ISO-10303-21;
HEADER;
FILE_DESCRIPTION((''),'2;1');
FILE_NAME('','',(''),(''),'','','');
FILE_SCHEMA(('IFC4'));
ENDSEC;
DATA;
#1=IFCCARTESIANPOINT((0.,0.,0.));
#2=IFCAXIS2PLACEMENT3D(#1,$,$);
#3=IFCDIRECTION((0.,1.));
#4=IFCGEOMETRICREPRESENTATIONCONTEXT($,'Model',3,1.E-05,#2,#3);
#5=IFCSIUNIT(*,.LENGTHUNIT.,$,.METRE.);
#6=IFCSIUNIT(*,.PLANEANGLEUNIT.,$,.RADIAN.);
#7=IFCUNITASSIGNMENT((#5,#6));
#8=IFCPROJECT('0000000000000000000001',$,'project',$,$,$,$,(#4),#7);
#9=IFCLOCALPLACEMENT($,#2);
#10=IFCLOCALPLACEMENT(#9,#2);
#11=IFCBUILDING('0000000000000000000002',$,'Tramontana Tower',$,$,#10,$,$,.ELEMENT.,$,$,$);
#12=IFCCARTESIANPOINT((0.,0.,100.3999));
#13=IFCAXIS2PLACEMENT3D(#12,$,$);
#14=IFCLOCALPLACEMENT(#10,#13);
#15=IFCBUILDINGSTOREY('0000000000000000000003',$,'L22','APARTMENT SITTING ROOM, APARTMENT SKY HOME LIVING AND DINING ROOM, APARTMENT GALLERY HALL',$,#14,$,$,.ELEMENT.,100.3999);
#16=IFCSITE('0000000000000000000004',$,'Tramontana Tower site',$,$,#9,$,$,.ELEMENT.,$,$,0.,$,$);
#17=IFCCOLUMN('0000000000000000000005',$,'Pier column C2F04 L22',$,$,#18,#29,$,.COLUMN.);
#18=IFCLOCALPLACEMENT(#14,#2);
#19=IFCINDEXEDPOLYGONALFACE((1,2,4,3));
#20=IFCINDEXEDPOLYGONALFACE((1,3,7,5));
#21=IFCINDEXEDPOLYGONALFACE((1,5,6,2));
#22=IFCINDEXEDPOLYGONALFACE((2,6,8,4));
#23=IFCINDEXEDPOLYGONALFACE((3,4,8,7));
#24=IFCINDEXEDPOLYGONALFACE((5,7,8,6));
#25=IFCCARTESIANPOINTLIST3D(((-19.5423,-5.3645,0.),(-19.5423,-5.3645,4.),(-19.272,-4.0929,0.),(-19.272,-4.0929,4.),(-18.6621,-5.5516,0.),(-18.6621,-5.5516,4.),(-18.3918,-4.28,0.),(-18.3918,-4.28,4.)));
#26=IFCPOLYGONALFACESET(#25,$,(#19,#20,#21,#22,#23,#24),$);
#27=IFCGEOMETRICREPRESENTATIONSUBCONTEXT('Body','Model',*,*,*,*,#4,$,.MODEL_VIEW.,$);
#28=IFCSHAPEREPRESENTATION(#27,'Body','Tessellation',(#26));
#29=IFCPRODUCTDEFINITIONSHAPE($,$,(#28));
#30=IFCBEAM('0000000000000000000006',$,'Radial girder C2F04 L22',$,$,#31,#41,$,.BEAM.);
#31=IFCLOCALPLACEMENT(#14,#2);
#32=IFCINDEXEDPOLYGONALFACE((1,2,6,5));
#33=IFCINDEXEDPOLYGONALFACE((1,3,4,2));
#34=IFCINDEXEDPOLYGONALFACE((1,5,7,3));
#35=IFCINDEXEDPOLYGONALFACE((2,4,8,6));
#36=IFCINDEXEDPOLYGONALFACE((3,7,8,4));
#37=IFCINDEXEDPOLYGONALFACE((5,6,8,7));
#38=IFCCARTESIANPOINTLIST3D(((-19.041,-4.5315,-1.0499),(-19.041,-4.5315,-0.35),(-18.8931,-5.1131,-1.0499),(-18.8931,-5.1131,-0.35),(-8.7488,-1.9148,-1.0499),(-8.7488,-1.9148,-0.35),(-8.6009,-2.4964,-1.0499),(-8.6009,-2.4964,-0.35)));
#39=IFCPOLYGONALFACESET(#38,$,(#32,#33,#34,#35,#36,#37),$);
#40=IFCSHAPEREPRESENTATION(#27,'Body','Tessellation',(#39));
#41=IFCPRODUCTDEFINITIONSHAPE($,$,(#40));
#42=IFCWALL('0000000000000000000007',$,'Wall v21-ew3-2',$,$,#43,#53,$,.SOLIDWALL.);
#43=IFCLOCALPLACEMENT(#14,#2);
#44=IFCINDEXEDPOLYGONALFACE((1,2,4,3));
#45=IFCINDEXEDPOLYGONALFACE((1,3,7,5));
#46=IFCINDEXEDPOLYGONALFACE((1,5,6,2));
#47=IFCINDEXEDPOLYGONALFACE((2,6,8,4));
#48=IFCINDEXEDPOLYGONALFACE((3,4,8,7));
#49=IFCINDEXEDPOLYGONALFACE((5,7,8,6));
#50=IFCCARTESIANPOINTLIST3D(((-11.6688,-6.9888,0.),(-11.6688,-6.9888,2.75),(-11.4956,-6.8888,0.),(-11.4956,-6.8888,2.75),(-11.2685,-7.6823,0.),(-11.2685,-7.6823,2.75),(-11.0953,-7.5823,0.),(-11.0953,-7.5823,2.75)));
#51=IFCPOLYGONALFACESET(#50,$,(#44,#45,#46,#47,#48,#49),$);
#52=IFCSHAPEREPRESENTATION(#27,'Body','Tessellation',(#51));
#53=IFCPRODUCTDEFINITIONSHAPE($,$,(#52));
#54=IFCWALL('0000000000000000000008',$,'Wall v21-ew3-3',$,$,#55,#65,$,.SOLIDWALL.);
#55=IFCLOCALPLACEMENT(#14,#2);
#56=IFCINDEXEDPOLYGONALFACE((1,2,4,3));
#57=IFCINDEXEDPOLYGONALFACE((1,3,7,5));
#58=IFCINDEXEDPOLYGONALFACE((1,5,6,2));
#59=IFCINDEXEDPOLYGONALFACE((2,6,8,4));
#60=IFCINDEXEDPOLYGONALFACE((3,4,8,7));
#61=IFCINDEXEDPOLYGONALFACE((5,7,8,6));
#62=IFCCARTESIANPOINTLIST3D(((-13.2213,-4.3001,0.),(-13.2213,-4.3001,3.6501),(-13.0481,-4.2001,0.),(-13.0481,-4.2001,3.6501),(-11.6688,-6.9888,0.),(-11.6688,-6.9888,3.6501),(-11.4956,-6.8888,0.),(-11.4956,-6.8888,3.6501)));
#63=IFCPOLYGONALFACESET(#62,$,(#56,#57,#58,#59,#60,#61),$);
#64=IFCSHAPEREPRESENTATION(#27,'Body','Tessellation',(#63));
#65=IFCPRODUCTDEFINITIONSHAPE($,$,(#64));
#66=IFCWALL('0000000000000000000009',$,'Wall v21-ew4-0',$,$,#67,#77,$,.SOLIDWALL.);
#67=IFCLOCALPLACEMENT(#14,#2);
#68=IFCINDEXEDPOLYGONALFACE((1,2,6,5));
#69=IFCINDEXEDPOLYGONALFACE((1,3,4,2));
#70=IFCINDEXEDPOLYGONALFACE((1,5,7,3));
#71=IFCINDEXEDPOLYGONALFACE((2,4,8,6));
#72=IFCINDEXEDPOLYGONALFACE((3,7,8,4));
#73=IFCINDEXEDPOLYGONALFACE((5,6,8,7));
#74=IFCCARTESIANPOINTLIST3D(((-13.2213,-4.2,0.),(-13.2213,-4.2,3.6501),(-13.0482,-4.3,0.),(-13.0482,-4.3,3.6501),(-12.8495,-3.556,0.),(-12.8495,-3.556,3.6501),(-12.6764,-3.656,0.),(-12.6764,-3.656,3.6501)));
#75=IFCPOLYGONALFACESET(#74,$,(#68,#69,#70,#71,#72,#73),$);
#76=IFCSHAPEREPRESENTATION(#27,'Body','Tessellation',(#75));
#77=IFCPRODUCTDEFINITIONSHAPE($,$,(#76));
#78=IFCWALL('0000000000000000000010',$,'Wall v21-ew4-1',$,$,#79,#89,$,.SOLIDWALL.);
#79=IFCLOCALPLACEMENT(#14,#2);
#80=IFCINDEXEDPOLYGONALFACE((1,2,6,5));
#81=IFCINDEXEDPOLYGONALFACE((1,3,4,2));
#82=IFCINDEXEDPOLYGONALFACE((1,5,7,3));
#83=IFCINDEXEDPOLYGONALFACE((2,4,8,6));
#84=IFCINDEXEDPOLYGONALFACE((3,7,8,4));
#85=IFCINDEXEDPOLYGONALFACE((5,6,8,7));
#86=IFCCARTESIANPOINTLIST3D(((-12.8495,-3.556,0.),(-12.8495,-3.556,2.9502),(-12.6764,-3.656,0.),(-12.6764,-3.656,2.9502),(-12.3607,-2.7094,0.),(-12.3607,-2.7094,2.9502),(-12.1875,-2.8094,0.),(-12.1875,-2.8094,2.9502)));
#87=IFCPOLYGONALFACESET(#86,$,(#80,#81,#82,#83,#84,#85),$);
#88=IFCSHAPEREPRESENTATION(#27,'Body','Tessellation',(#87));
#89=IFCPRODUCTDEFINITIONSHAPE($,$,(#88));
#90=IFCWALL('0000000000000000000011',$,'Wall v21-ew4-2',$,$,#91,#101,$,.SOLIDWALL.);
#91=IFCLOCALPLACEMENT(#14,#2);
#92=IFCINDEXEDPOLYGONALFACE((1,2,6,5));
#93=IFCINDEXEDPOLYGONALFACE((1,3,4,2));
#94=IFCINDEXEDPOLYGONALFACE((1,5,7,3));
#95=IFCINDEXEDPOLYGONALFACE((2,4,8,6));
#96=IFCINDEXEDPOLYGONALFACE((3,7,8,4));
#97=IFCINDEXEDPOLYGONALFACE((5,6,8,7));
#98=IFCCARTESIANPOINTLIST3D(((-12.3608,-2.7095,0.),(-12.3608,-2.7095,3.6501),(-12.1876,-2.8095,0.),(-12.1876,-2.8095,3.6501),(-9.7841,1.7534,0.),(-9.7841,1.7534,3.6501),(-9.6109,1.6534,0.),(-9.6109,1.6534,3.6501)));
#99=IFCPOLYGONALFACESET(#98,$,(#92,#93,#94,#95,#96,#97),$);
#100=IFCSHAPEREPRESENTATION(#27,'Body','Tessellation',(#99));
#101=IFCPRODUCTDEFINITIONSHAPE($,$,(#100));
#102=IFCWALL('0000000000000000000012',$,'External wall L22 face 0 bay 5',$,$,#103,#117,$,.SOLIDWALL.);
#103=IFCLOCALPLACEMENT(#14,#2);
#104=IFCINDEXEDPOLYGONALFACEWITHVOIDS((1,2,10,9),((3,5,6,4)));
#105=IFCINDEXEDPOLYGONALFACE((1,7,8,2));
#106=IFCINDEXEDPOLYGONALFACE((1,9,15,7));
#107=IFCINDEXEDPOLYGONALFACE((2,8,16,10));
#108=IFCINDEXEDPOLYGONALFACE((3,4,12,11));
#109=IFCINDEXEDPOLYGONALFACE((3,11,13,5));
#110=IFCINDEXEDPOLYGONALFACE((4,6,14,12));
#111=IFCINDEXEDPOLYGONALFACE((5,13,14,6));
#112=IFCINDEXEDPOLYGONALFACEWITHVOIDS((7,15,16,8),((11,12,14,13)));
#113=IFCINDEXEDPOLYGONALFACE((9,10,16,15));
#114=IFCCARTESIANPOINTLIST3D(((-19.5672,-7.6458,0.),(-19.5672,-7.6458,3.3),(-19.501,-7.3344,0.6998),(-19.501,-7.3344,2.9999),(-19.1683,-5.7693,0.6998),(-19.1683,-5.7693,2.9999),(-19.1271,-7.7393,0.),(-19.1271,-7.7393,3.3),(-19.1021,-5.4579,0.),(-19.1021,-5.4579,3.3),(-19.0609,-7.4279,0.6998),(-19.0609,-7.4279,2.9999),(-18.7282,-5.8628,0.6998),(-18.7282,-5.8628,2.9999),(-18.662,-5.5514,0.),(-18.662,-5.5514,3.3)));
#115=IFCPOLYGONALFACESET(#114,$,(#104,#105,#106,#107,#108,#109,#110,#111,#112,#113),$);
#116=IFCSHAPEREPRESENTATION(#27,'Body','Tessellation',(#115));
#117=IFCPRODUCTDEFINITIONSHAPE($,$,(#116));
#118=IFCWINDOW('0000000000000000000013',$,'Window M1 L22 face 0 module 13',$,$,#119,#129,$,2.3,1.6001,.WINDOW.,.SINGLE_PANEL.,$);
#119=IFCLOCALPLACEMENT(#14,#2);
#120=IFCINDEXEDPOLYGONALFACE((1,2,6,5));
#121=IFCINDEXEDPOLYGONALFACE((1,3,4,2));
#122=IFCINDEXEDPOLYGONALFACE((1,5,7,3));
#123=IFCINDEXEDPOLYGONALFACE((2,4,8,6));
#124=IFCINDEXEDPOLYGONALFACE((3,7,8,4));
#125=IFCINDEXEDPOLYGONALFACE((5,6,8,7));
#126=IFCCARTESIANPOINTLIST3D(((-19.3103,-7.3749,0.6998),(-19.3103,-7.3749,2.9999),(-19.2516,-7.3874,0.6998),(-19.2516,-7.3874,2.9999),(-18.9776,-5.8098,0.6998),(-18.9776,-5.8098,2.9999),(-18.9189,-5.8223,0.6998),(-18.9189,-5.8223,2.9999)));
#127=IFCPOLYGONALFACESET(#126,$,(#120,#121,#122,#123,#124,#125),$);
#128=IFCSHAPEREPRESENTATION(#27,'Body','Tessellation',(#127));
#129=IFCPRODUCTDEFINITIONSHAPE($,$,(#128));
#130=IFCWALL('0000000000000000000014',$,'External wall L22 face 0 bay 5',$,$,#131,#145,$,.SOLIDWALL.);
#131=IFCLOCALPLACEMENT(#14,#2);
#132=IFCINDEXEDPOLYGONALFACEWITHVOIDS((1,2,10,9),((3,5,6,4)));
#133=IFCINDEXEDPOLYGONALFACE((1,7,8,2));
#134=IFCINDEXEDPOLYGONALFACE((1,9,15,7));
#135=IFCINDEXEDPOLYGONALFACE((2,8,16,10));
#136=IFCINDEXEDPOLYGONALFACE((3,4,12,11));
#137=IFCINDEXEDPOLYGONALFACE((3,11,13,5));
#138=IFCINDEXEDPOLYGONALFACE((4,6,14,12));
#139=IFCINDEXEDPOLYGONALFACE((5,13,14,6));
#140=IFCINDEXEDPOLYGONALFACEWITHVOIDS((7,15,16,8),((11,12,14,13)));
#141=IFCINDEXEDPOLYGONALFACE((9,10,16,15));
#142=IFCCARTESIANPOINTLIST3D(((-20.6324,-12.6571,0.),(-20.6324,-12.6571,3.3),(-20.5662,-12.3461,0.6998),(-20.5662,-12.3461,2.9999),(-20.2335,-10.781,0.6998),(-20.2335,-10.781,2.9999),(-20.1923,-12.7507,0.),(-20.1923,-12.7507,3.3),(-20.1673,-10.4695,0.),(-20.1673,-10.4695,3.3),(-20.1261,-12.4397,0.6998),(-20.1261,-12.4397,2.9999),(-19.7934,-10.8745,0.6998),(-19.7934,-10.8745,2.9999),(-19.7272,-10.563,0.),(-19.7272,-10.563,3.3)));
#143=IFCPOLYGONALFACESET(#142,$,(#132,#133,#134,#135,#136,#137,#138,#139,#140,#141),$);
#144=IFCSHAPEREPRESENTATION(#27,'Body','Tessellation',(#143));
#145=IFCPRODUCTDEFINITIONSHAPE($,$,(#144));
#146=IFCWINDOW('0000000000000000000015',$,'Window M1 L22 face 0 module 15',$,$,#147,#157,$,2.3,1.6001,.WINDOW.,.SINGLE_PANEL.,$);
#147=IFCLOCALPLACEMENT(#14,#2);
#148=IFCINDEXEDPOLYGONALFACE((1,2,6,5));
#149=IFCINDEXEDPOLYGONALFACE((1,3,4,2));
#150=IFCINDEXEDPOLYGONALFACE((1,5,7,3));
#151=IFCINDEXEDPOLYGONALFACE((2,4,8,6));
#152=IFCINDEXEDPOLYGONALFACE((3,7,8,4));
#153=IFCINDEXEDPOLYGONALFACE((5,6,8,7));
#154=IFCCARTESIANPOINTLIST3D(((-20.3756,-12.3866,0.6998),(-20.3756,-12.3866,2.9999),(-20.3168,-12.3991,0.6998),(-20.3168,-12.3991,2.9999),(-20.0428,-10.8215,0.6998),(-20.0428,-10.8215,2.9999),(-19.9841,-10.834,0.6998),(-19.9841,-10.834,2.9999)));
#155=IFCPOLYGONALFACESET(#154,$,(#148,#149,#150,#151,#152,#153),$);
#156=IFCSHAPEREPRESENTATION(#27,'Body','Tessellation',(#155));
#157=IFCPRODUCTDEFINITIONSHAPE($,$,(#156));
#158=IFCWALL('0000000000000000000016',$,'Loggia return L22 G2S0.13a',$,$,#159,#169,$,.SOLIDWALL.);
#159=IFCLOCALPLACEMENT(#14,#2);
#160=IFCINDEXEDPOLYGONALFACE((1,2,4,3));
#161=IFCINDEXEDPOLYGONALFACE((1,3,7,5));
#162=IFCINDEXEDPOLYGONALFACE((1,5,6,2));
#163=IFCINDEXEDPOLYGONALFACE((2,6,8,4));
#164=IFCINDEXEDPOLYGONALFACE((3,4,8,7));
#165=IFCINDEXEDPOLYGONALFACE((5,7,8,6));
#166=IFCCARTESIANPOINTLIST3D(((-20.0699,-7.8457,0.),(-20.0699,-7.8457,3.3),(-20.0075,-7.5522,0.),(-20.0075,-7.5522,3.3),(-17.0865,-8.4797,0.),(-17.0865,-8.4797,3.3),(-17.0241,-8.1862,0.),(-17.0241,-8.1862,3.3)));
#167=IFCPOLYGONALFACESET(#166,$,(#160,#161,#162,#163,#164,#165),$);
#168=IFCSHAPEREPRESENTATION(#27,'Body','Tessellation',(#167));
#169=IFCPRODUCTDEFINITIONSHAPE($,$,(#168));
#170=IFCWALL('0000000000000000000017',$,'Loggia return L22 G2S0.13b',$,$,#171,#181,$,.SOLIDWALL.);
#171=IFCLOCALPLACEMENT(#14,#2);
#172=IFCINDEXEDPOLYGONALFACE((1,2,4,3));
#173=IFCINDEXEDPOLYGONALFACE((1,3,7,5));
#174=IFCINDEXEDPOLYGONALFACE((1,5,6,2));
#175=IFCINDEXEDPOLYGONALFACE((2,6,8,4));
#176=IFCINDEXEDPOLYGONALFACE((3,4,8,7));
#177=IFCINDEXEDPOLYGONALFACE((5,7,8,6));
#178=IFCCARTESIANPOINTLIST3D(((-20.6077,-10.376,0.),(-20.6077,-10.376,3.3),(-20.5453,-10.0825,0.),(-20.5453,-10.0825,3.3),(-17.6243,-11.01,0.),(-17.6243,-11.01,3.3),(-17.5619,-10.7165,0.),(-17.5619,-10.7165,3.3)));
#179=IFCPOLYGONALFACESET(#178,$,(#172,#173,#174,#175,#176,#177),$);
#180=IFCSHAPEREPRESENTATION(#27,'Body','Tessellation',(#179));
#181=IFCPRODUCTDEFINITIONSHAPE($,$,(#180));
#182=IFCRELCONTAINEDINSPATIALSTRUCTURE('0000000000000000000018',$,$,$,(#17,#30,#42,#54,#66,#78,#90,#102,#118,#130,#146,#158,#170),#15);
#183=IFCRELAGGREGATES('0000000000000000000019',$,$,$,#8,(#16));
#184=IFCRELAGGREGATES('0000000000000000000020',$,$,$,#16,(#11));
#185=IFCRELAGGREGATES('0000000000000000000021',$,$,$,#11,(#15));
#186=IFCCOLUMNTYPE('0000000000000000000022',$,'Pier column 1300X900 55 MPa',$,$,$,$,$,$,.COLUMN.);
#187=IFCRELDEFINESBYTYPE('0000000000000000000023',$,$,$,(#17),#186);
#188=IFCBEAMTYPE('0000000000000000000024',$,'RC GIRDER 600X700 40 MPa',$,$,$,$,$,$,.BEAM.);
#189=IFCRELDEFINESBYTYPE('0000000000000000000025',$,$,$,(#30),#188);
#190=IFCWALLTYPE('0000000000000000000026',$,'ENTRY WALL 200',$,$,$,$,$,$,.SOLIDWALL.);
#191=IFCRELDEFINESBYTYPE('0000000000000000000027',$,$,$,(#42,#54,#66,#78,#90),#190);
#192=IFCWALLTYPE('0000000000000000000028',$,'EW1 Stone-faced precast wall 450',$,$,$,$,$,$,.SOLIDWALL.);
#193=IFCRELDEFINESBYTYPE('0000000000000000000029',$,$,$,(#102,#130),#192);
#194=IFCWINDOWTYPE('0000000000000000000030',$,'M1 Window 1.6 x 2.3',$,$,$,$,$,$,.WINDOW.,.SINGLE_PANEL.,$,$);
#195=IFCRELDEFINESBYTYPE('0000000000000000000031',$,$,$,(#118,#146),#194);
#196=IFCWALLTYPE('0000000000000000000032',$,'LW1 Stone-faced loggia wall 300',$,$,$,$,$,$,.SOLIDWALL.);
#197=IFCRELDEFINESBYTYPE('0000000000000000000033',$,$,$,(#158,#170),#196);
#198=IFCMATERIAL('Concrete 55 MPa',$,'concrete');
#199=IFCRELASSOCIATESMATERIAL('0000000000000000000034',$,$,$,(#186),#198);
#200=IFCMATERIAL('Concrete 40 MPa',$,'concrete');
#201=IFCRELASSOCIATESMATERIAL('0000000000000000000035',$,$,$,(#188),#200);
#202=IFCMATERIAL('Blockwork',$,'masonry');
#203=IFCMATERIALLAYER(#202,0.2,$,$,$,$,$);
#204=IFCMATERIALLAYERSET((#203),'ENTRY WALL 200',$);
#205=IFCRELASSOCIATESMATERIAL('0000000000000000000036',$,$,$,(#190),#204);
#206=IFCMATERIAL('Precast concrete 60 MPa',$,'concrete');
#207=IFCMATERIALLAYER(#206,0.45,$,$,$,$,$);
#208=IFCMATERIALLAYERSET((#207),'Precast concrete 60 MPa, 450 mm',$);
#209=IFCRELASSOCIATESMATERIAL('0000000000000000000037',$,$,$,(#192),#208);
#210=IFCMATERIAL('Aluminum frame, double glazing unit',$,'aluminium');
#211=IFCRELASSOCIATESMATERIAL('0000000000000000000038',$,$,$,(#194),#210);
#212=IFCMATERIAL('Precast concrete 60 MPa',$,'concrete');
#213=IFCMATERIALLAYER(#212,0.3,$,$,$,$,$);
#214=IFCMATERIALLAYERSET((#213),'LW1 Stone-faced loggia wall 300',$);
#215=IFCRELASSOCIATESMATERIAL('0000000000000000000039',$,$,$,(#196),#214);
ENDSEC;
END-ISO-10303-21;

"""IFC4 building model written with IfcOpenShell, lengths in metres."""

from ifc_helpers import new_model, si_unit, direction, frame, frame_2d, origin, origin_2d, place, context, subcontext, project, spatial, rectangle, extrude, material, layer, layer_set, material_profile, profile_set, type_object, element, fill, save


model = new_model("IFC4")

# Units and contexts
model_context = context("Model", 3, precision=1e-05, world=origin(), true_north=direction((0.0, 1.0)))
body_context = subcontext(model_context, "Body", "Model", "MODEL_VIEW")
ifc_project = project(units=[si_unit("LENGTHUNIT", "METRE"), si_unit("PLANEANGLEUNIT", "RADIAN")], contexts=[model_context])

# Site, building, storey
site_placement = place(None, origin())
site = spatial("IfcSite", under=ifc_project, at=site_placement, Name="Tramontana Tower site", CompositionType="ELEMENT", RefElevation=0.0)
building_placement = place(site_placement, origin())
building = spatial("IfcBuilding", under=site, at=building_placement, Name="Tramontana Tower", CompositionType="ELEMENT")
storey_placement = place(building_placement, frame((0.0, 0.0, 100.3999)))
storey = spatial("IfcBuildingStorey", under=building, at=storey_placement, Name="L22", Description="APARTMENT SITTING ROOM, APARTMENT SKY HOME LIVING AND DINING ROOM, APARTMENT GALLERY HALL", CompositionType="ELEMENT", Elevation=100.3999)

# Column
ifc_material_1 = material(Name="Concrete 55 MPa", Category="concrete")
ifc_material_profile_1 = material_profile(ifc_material_1, rectangle(XDim=1.3, YDim=0.8999, at=origin_2d()), Name="Pier column 1300X900 55 MPa")
ifc_profile_set_1 = profile_set([ifc_material_profile_1], Name="Concrete 55 MPa")
column_type = type_object("IfcColumnType", Name="Pier column 1300X900 55 MPa", PredefinedType="COLUMN", material=ifc_profile_set_1)
column_placement = place(storey_placement, frame((-18.967, -4.8223, 0.0), z_axis=(0.0, 0.0, 1.0), x_axis=(-0.207912, -0.978148, 0.0)))
element("IfcColumn", 1, at=column_placement, inside=storey, type_object=column_type, Name="Pier column C2F04 L22", PredefinedType="COLUMN", context=body_context, shape_type="SweptSolid", body=[
    extrude(rectangle(XDim=1.3, YDim=0.8999, at=origin_2d()), origin(), (0.0, 0.0, 1.0), 4.0),
])

# Beam
ifc_material_2 = material(Name="Concrete 40 MPa", Category="concrete")
ifc_material_profile_2 = material_profile(ifc_material_2, rectangle(XDim=0.6001, YDim=0.7, at=origin_2d()), Name="RC GIRDER 600X700 40 MPa")
ifc_profile_set_2 = profile_set([ifc_material_profile_2], Name="Concrete 40 MPa")
beam_type = type_object("IfcBeamType", Name="RC GIRDER 600X700 40 MPa", PredefinedType="BEAM", material=ifc_profile_set_2)
beam_placement = place(storey_placement, frame((-18.967, -4.8223, -0.7), z_axis=(0.969168, 0.246401, 0.0), x_axis=(-0.246401, 0.969168, 0.0)))
element("IfcBeam", 2, at=beam_placement, inside=storey, type_object=beam_type, Name="Radial girder C2F04 L22", PredefinedType="BEAM", context=body_context, shape_type="SweptSolid", body=[
    extrude(rectangle(XDim=0.6001, YDim=0.7, at=origin_2d()), origin(), (0.0, 0.0, 1.0), 10.6196),
])

# Walls
ifc_material_3 = material(Name="Blockwork", Category="masonry")
ifc_layer_1 = layer(ifc_material_3, 0.2)
ifc_layer_set_1 = layer_set([ifc_layer_1], Name="ENTRY WALL 200")
wall_type_1 = type_object("IfcWallType", Name="ENTRY WALL 200", PredefinedType="SOLIDWALL", material=ifc_layer_set_1)
wall_1_placement = place(storey_placement, frame((-11.1819, -7.6323, 0.0), z_axis=(0.0, 0.0, 1.0), x_axis=(-0.499942, 0.866059, 0.0)))
element("IfcWall", 3, at=wall_1_placement, inside=storey, type_object=wall_type_1, Name="Wall v21-ew3-2", PredefinedType="SOLIDWALL", context=body_context, shape_type="SweptSolid", body=[
    extrude(rectangle(XDim=0.8008, YDim=0.2, at=frame_2d((0.4004, 0.0))), origin(), (0.0, 0.0, 1.0), 2.75),
])
wall_2_placement = place(storey_placement, frame((-11.5823, -6.9387, 0.0), z_axis=(0.0, 0.0, 1.0), x_axis=(-0.500038, 0.866004, 0.0)))
element("IfcWall", 4, at=wall_2_placement, inside=storey, type_object=wall_type_1, Name="Wall v21-ew3-3", PredefinedType="SOLIDWALL", context=body_context, shape_type="SweptSolid", body=[
    extrude(rectangle(XDim=3.1047, YDim=0.2, at=frame_2d((1.5522, 0.0))), origin(), (0.0, 0.0, 1.0), 3.6501),
])
wall_3_placement = place(storey_placement, frame((-13.1348, -4.25, 0.0), z_axis=(0.0, 0.0, 1.0), x_axis=(0.499988, 0.866033, 0.0)))
element("IfcWall", 5, at=wall_3_placement, inside=storey, type_object=wall_type_1, Name="Wall v21-ew4-0", PredefinedType="SOLIDWALL", context=body_context, shape_type="SweptSolid", body=[
    extrude(rectangle(XDim=0.7437, YDim=0.2, at=frame_2d((0.3718, 0.0))), origin(), (0.0, 0.0, 1.0), 3.6501),
])
wall_4_placement = place(storey_placement, frame((-12.7629, -3.606, 0.0), z_axis=(0.0, 0.0, 1.0), x_axis=(0.500061, 0.86599, 0.0)))
element("IfcWall", 6, at=wall_4_placement, inside=storey, type_object=wall_type_1, Name="Wall v21-ew4-1", PredefinedType="SOLIDWALL", context=body_context, shape_type="SweptSolid", body=[
    extrude(rectangle(XDim=0.9775, YDim=0.2, at=frame_2d((0.4888, 0.0))), origin(), (0.0, 0.0, 1.0), 2.9502),
])
wall_5_placement = place(storey_placement, frame((-12.2742, -2.7595, 0.0), z_axis=(0.0, 0.0, 1.0), x_axis=(0.500001, 0.866025, 0.0)))
element("IfcWall", 7, at=wall_5_placement, inside=storey, type_object=wall_type_1, Name="Wall v21-ew4-2", PredefinedType="SOLIDWALL", context=body_context, shape_type="SweptSolid", body=[
    extrude(rectangle(XDim=5.1533, YDim=0.2, at=frame_2d((2.5767, 0.0))), origin(), (0.0, 0.0, 1.0), 3.6501),
])

# Walls, openings, windows
ifc_material_4 = material(Name="Precast concrete 60 MPa", Category="concrete")
ifc_layer_2 = layer(ifc_material_4, 0.45)
ifc_layer_set_2 = layer_set([ifc_layer_2], Name="Precast concrete 60 MPa, 450 mm")
wall_type_2 = type_object("IfcWallType", Name="EW1 Stone-faced precast wall 450", PredefinedType="SOLIDWALL", material=ifc_layer_set_2)
wall_6_placement = place(storey_placement, frame((-18.8821, -5.5046, 0.0), z_axis=(0.0, 0.0, 1.0), x_axis=(-0.207919, -0.978146, 0.0)))
wall_6 = element("IfcWall", 8, at=wall_6_placement, inside=storey, type_object=wall_type_2, Name="External wall L22 face 0 bay 5", PredefinedType="SOLIDWALL", context=body_context, shape_type="SweptSolid", body=[
    extrude(rectangle(XDim=2.2368, YDim=0.45, at=frame_2d((1.1184, 0.0))), origin(), (0.0, 0.0, 1.0), 3.3),
])
opening_1_placement = place(wall_6_placement, frame((0.3184, 0.0, 0.7)))
opening_1 = element("IfcOpeningElement", 9, at=opening_1_placement, cuts=wall_6, PredefinedType="OPENING", context=body_context, shape_type="SweptSolid", body=[
    extrude(rectangle(XDim=1.6001, YDim=2.3, at=frame_2d((0.8, 1.1499))), frame((0.0, 0.2349, 0.0), z_axis=(0.0, -1.0, 0.0), x_axis=(1.0, 0.0, 0.0)), (0.0, 0.0, 1.0), 0.47),
])
ifc_material_5 = material(Name="Aluminum frame, double glazing unit", Category="aluminium")
window_type = type_object("IfcWindowType", Name="M1 Window 1.6 x 2.3", PartitioningType="SINGLE_PANEL", PredefinedType="WINDOW", material=ifc_material_5)
window_1_placement = place(opening_1_placement, origin())
window_1 = element("IfcWindow", 10, at=window_1_placement, inside=storey, type_object=window_type, Name="Window M1 L22 face 0 module 13", OverallHeight=2.3, OverallWidth=1.6001, PartitioningType="SINGLE_PANEL", PredefinedType="WINDOW", context=body_context, shape_type="SweptSolid", body=[
    extrude(rectangle(XDim=1.6001, YDim=2.3, at=frame_2d((0.8, 1.1499))), frame((0.0, 0.03, 0.0), z_axis=(0.0, -1.0, 0.0), x_axis=(1.0, 0.0, 0.0)), (0.0, 0.0, 1.0), 0.0601),
])
fill(opening_1, window_1)
wall_7_placement = place(storey_placement, frame((-19.9473, -10.5164, 0.0), z_axis=(0.0, 0.0, 1.0), x_axis=(-0.207941, -0.978141, 0.0)))
wall_7 = element("IfcWall", 11, at=wall_7_placement, inside=storey, type_object=wall_type_2, Name="External wall L22 face 0 bay 5", PredefinedType="SOLIDWALL", context=body_context, shape_type="SweptSolid", body=[
    extrude(rectangle(XDim=2.2366, YDim=0.45, at=frame_2d((1.1182, 0.0))), origin(), (0.0, 0.0, 1.0), 3.3),
])
opening_2_placement = place(wall_7_placement, frame((0.3184, 0.0, 0.7)))
opening_2 = element("IfcOpeningElement", 12, at=opening_2_placement, cuts=wall_7, PredefinedType="OPENING", context=body_context, shape_type="SweptSolid", body=[
    extrude(rectangle(XDim=1.6001, YDim=2.3, at=frame_2d((0.8, 1.1499))), frame((0.0, 0.2349, 0.0), z_axis=(0.0, -1.0, 0.0), x_axis=(1.0, 0.0, 0.0)), (0.0, 0.0, 1.0), 0.47),
])
window_2_placement = place(opening_2_placement, origin())
window_2 = element("IfcWindow", 13, at=window_2_placement, inside=storey, type_object=window_type, Name="Window M1 L22 face 0 module 15", OverallHeight=2.3, OverallWidth=1.6001, PartitioningType="SINGLE_PANEL", PredefinedType="WINDOW", context=body_context, shape_type="SweptSolid", body=[
    extrude(rectangle(XDim=1.6001, YDim=2.3, at=frame_2d((0.8, 1.1499))), frame((0.0, 0.03, 0.0), z_axis=(0.0, -1.0, 0.0), x_axis=(1.0, 0.0, 0.0)), (0.0, 0.0, 1.0), 0.0601),
])
fill(opening_2, window_2)

# Shared definitions
ifc_material_6 = material(Name="Precast concrete 60 MPa", Category="concrete")
ifc_layer_3 = layer(ifc_material_6, 0.3)
ifc_layer_set_3 = layer_set([ifc_layer_3], Name="LW1 Stone-faced loggia wall 300")
wall_type_3 = type_object("IfcWallType", Name="LW1 Stone-faced loggia wall 300", PredefinedType="SOLIDWALL", material=ifc_layer_set_3)

# Walls
for number, where, z_axis, x_axis, name in (
    (14, (-20.0386, -7.699, 0.0), (0.0, 0.0, 1.0), (0.978155, -0.207878, 0.0), "Loggia return L22 G2S0.13a"),
    (15, (-20.5764, -10.2292, 0.0), (0.0, 0.0, 1.0), (0.978155, -0.207878, 0.0), "Loggia return L22 G2S0.13b"),
):
    element("IfcWall", number, at=place(storey_placement, frame(where, z_axis=z_axis, x_axis=x_axis)), inside=storey, type_object=wall_type_3, Name=name, PredefinedType="SOLIDWALL", context=body_context, shape_type="SweptSolid", body=[
        extrude(rectangle(XDim=3.05, YDim=0.3, at=frame_2d((1.5249, 0.0))), origin(), (0.0, 0.0, 1.0), 3.3),
    ])

save(model, "model.ifc")
